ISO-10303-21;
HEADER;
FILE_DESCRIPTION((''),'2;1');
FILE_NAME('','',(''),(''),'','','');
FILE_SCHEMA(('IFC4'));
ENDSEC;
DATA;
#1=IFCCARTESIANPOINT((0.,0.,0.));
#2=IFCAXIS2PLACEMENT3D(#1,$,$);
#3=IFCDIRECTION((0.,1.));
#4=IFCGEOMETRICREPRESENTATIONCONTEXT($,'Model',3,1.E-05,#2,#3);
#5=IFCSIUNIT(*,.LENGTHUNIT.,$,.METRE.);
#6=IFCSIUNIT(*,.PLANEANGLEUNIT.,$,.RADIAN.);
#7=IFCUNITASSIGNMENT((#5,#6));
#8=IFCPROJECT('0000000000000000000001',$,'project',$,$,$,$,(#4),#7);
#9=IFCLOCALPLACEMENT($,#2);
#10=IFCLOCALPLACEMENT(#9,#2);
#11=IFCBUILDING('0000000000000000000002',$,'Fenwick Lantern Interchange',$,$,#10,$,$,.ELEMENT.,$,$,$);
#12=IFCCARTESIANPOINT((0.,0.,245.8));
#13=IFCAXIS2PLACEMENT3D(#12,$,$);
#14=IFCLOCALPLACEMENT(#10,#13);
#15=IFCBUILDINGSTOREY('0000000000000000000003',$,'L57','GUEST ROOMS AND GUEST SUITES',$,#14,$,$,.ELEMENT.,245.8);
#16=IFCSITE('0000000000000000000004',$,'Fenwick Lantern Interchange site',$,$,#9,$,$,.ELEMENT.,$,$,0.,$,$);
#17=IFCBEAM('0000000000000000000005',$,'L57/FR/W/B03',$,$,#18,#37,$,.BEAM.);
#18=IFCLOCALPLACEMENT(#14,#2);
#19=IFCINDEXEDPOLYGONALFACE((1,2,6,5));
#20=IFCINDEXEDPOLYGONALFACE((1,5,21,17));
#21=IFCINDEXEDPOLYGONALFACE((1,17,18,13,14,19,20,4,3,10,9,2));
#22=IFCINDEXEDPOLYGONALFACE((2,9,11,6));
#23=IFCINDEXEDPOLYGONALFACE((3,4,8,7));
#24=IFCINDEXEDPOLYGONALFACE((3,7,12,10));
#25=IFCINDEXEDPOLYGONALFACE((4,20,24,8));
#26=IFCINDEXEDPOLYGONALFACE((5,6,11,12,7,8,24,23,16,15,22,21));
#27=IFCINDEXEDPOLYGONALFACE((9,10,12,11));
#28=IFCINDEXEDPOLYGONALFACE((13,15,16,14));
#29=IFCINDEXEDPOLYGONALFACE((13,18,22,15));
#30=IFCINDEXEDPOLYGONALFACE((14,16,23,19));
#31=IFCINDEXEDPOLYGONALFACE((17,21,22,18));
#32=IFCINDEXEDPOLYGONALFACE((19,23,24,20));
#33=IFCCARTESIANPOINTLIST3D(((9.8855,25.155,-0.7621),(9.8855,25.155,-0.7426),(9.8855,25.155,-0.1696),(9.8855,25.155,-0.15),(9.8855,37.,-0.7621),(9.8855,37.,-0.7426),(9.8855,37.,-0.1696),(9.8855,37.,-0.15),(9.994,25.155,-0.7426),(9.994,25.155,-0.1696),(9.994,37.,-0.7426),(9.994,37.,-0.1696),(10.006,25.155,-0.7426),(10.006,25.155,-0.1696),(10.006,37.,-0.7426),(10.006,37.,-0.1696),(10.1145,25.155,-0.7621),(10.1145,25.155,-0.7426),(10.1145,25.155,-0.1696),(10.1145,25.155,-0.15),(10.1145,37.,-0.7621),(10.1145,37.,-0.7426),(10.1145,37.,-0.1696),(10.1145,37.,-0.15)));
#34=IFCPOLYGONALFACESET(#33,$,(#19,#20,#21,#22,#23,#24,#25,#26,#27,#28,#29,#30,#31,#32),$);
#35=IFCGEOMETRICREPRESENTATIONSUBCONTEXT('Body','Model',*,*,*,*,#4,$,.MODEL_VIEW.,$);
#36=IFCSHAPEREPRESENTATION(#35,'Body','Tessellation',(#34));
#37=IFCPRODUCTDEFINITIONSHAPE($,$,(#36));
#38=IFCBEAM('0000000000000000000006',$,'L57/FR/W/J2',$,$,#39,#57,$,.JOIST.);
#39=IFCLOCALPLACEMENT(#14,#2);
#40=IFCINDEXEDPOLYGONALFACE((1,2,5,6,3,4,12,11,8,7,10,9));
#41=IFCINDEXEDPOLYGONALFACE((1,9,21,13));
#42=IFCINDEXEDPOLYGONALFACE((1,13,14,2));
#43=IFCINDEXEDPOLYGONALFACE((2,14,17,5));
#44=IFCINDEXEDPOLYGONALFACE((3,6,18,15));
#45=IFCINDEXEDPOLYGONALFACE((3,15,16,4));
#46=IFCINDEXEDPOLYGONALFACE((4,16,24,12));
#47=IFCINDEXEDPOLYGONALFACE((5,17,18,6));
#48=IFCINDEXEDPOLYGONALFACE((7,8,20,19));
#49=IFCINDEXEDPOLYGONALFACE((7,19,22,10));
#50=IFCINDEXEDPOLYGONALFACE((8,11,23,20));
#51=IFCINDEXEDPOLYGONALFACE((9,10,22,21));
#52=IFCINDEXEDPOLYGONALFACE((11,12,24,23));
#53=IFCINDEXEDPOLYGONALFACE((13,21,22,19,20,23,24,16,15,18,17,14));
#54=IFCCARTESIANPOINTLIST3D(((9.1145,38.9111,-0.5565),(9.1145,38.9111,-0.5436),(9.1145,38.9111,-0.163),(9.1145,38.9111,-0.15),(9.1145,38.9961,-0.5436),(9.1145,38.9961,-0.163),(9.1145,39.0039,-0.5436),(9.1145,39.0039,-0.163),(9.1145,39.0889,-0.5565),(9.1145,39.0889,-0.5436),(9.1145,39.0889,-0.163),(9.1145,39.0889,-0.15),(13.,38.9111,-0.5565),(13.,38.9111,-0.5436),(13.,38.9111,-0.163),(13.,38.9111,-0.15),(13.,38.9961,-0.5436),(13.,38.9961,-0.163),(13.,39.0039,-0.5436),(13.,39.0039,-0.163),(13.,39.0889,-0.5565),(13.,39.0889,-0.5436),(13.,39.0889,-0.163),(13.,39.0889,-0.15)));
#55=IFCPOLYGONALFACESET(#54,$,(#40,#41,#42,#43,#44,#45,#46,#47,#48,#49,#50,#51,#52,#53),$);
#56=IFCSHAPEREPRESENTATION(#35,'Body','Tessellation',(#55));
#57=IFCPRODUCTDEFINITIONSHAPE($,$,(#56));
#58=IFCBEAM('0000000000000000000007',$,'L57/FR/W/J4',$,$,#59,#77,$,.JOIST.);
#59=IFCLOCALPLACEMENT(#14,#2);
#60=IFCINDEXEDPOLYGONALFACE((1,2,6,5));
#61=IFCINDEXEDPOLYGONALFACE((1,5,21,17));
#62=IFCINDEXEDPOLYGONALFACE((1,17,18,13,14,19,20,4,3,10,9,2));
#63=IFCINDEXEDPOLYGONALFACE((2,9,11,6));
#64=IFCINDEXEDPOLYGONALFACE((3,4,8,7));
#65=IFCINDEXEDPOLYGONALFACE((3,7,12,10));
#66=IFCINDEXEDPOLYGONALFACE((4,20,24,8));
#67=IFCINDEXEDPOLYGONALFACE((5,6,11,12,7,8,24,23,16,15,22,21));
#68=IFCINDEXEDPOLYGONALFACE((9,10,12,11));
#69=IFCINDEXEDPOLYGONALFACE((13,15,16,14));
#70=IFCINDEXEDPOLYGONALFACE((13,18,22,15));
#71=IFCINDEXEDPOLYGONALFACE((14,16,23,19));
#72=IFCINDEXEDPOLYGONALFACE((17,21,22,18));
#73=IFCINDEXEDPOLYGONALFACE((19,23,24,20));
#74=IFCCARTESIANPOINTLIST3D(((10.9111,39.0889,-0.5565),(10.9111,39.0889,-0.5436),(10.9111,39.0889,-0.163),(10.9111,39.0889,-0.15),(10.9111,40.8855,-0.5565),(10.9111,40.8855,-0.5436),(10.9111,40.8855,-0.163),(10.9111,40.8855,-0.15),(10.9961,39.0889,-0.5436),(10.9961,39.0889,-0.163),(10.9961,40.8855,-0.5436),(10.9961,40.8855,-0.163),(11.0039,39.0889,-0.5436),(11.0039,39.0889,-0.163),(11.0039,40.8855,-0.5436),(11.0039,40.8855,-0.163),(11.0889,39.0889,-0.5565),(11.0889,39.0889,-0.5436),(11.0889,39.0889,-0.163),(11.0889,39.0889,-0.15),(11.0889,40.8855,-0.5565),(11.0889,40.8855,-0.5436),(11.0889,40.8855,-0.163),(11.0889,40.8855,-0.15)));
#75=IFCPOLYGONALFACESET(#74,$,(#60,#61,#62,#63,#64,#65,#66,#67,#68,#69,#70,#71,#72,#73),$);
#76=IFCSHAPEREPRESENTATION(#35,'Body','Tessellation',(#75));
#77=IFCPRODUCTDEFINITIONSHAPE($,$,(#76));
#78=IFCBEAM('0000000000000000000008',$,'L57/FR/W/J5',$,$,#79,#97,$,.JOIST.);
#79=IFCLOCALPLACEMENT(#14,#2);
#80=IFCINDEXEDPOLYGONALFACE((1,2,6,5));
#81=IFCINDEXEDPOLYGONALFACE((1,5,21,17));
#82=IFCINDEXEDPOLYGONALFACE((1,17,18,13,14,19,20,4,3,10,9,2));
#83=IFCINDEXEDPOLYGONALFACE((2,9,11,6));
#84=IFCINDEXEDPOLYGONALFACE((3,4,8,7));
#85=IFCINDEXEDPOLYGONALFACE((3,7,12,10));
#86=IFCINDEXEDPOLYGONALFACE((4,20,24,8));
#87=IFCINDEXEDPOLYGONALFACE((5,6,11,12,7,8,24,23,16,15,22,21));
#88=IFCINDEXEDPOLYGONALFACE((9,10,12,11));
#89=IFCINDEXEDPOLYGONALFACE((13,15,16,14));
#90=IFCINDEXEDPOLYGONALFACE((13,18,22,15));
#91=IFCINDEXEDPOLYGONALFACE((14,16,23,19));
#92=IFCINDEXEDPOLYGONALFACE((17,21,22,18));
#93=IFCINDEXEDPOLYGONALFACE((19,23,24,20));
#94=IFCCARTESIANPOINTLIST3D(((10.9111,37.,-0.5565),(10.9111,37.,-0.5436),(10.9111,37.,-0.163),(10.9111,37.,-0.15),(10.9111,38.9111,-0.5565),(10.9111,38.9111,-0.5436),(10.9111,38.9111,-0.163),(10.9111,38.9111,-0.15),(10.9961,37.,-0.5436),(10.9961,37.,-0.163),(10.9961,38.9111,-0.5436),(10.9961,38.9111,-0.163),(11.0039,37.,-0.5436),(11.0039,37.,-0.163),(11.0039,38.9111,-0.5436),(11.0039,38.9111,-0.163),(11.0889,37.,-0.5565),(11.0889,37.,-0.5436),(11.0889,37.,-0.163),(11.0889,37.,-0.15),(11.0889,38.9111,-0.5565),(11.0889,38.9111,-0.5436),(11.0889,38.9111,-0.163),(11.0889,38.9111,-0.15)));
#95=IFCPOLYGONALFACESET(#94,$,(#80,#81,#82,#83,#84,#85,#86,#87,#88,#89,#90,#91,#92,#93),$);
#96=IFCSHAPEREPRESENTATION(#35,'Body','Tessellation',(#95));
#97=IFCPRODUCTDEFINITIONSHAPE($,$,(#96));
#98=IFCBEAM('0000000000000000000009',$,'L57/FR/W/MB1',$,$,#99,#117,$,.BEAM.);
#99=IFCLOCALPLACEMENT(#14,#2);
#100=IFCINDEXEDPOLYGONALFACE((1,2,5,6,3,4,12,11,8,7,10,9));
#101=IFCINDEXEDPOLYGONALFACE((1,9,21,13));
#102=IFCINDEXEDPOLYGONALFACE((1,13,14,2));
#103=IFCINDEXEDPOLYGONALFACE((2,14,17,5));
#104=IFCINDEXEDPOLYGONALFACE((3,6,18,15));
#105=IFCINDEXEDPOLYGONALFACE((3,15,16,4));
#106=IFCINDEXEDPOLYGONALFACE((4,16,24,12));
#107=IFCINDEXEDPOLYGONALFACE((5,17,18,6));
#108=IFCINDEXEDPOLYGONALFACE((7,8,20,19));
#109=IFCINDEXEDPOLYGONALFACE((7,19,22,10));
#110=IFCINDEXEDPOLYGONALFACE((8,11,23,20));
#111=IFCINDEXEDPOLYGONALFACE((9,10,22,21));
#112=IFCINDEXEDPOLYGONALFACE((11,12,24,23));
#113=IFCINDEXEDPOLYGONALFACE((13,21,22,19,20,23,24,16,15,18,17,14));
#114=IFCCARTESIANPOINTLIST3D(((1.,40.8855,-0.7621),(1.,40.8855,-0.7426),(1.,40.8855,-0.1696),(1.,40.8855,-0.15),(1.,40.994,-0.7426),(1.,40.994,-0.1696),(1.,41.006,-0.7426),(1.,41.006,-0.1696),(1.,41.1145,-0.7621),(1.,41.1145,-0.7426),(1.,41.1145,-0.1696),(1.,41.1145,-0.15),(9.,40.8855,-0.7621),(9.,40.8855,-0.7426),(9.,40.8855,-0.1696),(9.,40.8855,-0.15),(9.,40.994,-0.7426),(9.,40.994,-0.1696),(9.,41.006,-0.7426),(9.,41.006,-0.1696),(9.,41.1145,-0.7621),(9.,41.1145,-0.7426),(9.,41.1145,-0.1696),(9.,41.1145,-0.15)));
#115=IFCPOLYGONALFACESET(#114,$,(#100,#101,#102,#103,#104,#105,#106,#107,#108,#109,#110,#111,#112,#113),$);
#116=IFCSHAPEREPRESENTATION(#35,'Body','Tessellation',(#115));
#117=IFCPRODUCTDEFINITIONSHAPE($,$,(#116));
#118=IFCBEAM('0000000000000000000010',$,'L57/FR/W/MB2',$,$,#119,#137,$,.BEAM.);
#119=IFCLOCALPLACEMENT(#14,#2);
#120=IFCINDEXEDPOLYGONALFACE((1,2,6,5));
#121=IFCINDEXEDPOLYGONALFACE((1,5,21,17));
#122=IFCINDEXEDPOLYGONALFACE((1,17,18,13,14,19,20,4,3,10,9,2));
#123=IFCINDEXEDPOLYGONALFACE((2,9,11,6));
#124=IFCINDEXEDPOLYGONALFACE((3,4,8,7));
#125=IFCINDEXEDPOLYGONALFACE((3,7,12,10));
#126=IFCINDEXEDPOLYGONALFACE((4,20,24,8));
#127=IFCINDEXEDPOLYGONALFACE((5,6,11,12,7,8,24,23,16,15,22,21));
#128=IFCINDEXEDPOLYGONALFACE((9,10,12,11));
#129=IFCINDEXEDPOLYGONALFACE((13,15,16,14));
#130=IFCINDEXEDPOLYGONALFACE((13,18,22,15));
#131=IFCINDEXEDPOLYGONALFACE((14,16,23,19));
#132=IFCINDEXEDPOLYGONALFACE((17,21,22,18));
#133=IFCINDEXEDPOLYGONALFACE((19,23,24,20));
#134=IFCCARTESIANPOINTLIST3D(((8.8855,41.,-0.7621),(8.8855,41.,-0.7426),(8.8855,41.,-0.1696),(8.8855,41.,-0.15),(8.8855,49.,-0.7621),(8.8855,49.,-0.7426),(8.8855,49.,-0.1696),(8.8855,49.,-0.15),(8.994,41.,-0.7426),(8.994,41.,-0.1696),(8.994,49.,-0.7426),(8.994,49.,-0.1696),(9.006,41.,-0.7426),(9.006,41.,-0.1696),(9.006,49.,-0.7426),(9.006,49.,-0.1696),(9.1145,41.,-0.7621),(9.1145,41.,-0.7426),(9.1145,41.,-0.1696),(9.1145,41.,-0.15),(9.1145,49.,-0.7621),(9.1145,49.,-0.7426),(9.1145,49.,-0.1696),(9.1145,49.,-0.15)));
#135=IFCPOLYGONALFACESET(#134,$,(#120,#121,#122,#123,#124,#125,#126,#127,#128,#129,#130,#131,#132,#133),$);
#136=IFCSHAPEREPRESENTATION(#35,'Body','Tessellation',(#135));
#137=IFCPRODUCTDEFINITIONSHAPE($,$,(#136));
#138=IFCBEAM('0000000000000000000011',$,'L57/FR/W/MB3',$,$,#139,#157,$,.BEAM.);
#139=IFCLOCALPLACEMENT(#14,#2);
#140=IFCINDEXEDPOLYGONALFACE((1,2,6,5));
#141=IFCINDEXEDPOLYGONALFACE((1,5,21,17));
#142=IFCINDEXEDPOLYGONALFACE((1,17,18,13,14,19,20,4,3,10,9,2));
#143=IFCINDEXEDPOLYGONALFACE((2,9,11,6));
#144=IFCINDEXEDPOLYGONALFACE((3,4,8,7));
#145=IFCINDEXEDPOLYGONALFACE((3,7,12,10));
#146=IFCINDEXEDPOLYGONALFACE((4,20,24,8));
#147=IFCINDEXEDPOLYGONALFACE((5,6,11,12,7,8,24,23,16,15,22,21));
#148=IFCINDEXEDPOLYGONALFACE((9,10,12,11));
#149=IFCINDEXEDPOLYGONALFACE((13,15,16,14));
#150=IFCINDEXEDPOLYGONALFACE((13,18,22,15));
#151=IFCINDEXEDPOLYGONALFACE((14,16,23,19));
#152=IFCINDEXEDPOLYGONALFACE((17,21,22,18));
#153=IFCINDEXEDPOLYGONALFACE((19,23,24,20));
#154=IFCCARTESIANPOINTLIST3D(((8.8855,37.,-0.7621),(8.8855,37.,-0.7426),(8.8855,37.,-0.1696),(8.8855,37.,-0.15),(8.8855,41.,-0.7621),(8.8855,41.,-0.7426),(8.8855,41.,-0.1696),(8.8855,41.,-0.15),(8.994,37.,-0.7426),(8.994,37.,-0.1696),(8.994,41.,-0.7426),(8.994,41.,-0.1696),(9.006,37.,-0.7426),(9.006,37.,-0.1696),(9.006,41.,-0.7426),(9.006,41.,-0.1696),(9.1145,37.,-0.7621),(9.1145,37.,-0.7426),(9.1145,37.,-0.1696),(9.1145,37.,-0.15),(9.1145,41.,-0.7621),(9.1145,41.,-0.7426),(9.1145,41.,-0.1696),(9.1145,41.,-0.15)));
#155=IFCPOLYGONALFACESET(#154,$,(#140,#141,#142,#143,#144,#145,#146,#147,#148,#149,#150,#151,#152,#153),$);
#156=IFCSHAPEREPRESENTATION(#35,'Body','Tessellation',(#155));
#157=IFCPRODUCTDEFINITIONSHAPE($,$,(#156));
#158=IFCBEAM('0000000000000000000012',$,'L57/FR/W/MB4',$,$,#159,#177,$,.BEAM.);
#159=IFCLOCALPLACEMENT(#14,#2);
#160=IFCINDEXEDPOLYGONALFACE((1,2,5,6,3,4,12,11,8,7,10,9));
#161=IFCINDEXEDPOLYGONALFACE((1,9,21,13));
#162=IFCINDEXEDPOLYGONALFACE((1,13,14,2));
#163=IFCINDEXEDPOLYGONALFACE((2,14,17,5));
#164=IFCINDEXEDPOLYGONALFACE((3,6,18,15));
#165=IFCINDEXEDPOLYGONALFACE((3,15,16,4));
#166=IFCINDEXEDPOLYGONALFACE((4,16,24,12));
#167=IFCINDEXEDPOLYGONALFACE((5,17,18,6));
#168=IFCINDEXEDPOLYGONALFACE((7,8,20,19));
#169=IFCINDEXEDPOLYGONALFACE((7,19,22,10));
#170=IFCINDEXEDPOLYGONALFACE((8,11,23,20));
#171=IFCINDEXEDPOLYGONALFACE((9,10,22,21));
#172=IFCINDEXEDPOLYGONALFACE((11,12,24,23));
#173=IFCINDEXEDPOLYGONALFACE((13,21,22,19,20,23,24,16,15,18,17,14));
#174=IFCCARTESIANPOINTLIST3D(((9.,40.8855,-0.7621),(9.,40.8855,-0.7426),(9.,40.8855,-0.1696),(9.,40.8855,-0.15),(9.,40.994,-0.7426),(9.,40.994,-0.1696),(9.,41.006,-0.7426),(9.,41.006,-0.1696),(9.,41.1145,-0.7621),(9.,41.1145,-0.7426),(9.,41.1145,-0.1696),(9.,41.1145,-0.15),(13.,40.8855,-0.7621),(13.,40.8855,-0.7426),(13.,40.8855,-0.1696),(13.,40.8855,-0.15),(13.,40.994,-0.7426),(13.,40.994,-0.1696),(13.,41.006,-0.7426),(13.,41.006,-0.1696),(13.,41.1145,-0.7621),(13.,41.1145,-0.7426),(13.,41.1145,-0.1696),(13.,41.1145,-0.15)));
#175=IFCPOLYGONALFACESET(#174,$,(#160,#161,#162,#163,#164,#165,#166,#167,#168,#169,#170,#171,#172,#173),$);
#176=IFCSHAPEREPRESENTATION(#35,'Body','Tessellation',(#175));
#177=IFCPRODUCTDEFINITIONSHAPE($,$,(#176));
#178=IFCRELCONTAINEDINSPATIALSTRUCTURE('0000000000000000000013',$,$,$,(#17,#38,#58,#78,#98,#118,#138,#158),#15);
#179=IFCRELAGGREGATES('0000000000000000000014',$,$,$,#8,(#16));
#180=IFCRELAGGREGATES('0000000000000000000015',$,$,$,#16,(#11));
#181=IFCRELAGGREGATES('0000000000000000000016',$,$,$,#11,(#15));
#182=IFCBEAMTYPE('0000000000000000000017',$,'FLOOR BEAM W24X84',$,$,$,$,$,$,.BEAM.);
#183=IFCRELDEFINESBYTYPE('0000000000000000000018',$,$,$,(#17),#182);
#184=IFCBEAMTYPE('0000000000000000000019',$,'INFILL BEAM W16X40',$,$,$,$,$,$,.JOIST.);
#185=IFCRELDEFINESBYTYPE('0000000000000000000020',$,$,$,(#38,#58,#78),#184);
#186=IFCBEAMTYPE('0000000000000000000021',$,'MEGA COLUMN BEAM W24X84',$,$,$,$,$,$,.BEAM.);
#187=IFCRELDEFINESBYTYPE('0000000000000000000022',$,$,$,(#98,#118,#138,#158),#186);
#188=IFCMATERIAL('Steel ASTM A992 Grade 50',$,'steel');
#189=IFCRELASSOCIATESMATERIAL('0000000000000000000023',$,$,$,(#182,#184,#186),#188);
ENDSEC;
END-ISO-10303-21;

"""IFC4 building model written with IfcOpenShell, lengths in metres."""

from ifc_helpers import new_model, si_unit, direction, frame, origin, origin_2d, place, context, subcontext, project, spatial, i_section, extrude, material, material_profile, profile_set, type_object, element, save


model = new_model("IFC4")

# Units and contexts
model_context = context("Model", 3, precision=1e-05, world=origin(), true_north=direction((0.0, 1.0)))
body_context = subcontext(model_context, "Body", "Model", "MODEL_VIEW")
ifc_project = project(units=[si_unit("LENGTHUNIT", "METRE"), si_unit("PLANEANGLEUNIT", "RADIAN")], contexts=[model_context])

# Site, building, storey
site_placement = place(None, origin())
site = spatial("IfcSite", under=ifc_project, at=site_placement, Name="Fenwick Lantern Interchange site", CompositionType="ELEMENT", RefElevation=0.0)
building_placement = place(site_placement, origin())
building = spatial("IfcBuilding", under=site, at=building_placement, Name="Fenwick Lantern Interchange", CompositionType="ELEMENT")
storey_placement = place(building_placement, frame((0.0, 0.0, 245.8)))
storey = spatial("IfcBuildingStorey", under=building, at=storey_placement, Name="L57", Description="GUEST ROOMS AND GUEST SUITES", CompositionType="ELEMENT", Elevation=245.8)

# Beams
ifc_material_1 = material(Name="Steel ASTM A992 Grade 50", Category="steel")
ifc_material_profile_1 = material_profile(ifc_material_1, i_section(OverallWidth=0.229, OverallDepth=0.6121, WebThickness=0.012, FlangeThickness=0.0195, at=origin_2d()), Name="W24X84")
ifc_profile_set_1 = profile_set([ifc_material_profile_1], Name="Steel ASTM A992 Grade 50")
beam_type_1 = type_object("IfcBeamType", Name="FLOOR BEAM W24X84", PredefinedType="BEAM", material=ifc_profile_set_1)
beam_1_placement = place(storey_placement, frame((10.0, 37.0, -0.4561), z_axis=(0.0, -1.0, 0.0), x_axis=(1.0, 0.0, 0.0)))
element("IfcBeam", 1, at=beam_1_placement, inside=storey, type_object=beam_type_1, Name="L57/FR/W/B03", PredefinedType="BEAM", context=body_context, shape_type="SweptSolid", body=[
    extrude(i_section(OverallWidth=0.229, OverallDepth=0.6121, WebThickness=0.012, FlangeThickness=0.0195, at=origin_2d()), origin(), (0.0, 0.0, 1.0), 11.845),
])
ifc_material_profile_2 = material_profile(ifc_material_1, i_section(OverallWidth=0.1777, OverallDepth=0.4065, WebThickness=0.0078, FlangeThickness=0.0129, at=origin_2d()), Name="W16X40")
ifc_profile_set_2 = profile_set([ifc_material_profile_2], Name="Steel ASTM A992 Grade 50")
beam_type_2 = type_object("IfcBeamType", Name="INFILL BEAM W16X40", PredefinedType="JOIST", material=ifc_profile_set_2)
beam_2_placement = place(storey_placement, frame((9.1145, 39.0, -0.3533), z_axis=(1.0, 0.0, 0.0), x_axis=(0.0, 1.0, 0.0)))
element("IfcBeam", 2, at=beam_2_placement, inside=storey, type_object=beam_type_2, Name="L57/FR/W/J2", PredefinedType="JOIST", context=body_context, shape_type="SweptSolid", body=[
    extrude(i_section(OverallWidth=0.1777, OverallDepth=0.4065, WebThickness=0.0078, FlangeThickness=0.0129, at=origin_2d()), origin(), (0.0, 0.0, 1.0), 3.8855),
])
beam_3_placement = place(storey_placement, frame((11.0, 40.8855, -0.3533), z_axis=(0.0, -1.0, 0.0), x_axis=(1.0, 0.0, 0.0)))
element("IfcBeam", 3, at=beam_3_placement, inside=storey, type_object=beam_type_2, Name="L57/FR/W/J4", PredefinedType="JOIST", context=body_context, shape_type="SweptSolid", body=[
    extrude(i_section(OverallWidth=0.1777, OverallDepth=0.4065, WebThickness=0.0078, FlangeThickness=0.0129, at=origin_2d()), origin(), (0.0, 0.0, 1.0), 1.7966),
])
beam_4_placement = place(storey_placement, frame((11.0, 38.9111, -0.3533), z_axis=(0.0, -1.0, 0.0), x_axis=(1.0, 0.0, 0.0)))
element("IfcBeam", 4, at=beam_4_placement, inside=storey, type_object=beam_type_2, Name="L57/FR/W/J5", PredefinedType="JOIST", context=body_context, shape_type="SweptSolid", body=[
    extrude(i_section(OverallWidth=0.1777, OverallDepth=0.4065, WebThickness=0.0078, FlangeThickness=0.0129, at=origin_2d()), origin(), (0.0, 0.0, 1.0), 1.9111),
])
ifc_material_profile_3 = material_profile(ifc_material_1, i_section(OverallWidth=0.229, OverallDepth=0.6121, WebThickness=0.012, FlangeThickness=0.0195, at=origin_2d()), Name="W24X84")
ifc_profile_set_3 = profile_set([ifc_material_profile_3], Name="Steel ASTM A992 Grade 50")
beam_type_3 = type_object("IfcBeamType", Name="MEGA COLUMN BEAM W24X84", PredefinedType="BEAM", material=ifc_profile_set_3)
for number, where, z_axis, x_axis, name in (
    (5, (9.0, 41.0, -0.4561), (-1.0, 0.0, 0.0), (0.0, -1.0, 0.0), "L57/FR/W/MB1"),
    (6, (9.0, 41.0, -0.4561), (0.0, 1.0, 0.0), (-1.0, 0.0, 0.0), "L57/FR/W/MB2"),
):
    element("IfcBeam", number, at=place(storey_placement, frame(where, z_axis=z_axis, x_axis=x_axis)), inside=storey, type_object=beam_type_3, Name=name, PredefinedType="BEAM", context=body_context, shape_type="SweptSolid", body=[
        extrude(i_section(OverallWidth=0.229, OverallDepth=0.6121, WebThickness=0.012, FlangeThickness=0.0195, at=origin_2d()), origin(), (0.0, 0.0, 1.0), 8.0),
    ])
for number, where, z_axis, x_axis, name in (
    (7, (9.0, 41.0, -0.4561), (0.0, -1.0, 0.0), (1.0, 0.0, 0.0), "L57/FR/W/MB3"),
    (8, (9.0, 41.0, -0.4561), (1.0, 0.0, 0.0), (0.0, 1.0, 0.0), "L57/FR/W/MB4"),
):
    element("IfcBeam", number, at=place(storey_placement, frame(where, z_axis=z_axis, x_axis=x_axis)), inside=storey, type_object=beam_type_3, Name=name, PredefinedType="BEAM", context=body_context, shape_type="SweptSolid", body=[
        extrude(i_section(OverallWidth=0.229, OverallDepth=0.6121, WebThickness=0.012, FlangeThickness=0.0195, at=origin_2d()), origin(), (0.0, 0.0, 1.0), 4.0),
    ])

save(model, "model.ifc")
